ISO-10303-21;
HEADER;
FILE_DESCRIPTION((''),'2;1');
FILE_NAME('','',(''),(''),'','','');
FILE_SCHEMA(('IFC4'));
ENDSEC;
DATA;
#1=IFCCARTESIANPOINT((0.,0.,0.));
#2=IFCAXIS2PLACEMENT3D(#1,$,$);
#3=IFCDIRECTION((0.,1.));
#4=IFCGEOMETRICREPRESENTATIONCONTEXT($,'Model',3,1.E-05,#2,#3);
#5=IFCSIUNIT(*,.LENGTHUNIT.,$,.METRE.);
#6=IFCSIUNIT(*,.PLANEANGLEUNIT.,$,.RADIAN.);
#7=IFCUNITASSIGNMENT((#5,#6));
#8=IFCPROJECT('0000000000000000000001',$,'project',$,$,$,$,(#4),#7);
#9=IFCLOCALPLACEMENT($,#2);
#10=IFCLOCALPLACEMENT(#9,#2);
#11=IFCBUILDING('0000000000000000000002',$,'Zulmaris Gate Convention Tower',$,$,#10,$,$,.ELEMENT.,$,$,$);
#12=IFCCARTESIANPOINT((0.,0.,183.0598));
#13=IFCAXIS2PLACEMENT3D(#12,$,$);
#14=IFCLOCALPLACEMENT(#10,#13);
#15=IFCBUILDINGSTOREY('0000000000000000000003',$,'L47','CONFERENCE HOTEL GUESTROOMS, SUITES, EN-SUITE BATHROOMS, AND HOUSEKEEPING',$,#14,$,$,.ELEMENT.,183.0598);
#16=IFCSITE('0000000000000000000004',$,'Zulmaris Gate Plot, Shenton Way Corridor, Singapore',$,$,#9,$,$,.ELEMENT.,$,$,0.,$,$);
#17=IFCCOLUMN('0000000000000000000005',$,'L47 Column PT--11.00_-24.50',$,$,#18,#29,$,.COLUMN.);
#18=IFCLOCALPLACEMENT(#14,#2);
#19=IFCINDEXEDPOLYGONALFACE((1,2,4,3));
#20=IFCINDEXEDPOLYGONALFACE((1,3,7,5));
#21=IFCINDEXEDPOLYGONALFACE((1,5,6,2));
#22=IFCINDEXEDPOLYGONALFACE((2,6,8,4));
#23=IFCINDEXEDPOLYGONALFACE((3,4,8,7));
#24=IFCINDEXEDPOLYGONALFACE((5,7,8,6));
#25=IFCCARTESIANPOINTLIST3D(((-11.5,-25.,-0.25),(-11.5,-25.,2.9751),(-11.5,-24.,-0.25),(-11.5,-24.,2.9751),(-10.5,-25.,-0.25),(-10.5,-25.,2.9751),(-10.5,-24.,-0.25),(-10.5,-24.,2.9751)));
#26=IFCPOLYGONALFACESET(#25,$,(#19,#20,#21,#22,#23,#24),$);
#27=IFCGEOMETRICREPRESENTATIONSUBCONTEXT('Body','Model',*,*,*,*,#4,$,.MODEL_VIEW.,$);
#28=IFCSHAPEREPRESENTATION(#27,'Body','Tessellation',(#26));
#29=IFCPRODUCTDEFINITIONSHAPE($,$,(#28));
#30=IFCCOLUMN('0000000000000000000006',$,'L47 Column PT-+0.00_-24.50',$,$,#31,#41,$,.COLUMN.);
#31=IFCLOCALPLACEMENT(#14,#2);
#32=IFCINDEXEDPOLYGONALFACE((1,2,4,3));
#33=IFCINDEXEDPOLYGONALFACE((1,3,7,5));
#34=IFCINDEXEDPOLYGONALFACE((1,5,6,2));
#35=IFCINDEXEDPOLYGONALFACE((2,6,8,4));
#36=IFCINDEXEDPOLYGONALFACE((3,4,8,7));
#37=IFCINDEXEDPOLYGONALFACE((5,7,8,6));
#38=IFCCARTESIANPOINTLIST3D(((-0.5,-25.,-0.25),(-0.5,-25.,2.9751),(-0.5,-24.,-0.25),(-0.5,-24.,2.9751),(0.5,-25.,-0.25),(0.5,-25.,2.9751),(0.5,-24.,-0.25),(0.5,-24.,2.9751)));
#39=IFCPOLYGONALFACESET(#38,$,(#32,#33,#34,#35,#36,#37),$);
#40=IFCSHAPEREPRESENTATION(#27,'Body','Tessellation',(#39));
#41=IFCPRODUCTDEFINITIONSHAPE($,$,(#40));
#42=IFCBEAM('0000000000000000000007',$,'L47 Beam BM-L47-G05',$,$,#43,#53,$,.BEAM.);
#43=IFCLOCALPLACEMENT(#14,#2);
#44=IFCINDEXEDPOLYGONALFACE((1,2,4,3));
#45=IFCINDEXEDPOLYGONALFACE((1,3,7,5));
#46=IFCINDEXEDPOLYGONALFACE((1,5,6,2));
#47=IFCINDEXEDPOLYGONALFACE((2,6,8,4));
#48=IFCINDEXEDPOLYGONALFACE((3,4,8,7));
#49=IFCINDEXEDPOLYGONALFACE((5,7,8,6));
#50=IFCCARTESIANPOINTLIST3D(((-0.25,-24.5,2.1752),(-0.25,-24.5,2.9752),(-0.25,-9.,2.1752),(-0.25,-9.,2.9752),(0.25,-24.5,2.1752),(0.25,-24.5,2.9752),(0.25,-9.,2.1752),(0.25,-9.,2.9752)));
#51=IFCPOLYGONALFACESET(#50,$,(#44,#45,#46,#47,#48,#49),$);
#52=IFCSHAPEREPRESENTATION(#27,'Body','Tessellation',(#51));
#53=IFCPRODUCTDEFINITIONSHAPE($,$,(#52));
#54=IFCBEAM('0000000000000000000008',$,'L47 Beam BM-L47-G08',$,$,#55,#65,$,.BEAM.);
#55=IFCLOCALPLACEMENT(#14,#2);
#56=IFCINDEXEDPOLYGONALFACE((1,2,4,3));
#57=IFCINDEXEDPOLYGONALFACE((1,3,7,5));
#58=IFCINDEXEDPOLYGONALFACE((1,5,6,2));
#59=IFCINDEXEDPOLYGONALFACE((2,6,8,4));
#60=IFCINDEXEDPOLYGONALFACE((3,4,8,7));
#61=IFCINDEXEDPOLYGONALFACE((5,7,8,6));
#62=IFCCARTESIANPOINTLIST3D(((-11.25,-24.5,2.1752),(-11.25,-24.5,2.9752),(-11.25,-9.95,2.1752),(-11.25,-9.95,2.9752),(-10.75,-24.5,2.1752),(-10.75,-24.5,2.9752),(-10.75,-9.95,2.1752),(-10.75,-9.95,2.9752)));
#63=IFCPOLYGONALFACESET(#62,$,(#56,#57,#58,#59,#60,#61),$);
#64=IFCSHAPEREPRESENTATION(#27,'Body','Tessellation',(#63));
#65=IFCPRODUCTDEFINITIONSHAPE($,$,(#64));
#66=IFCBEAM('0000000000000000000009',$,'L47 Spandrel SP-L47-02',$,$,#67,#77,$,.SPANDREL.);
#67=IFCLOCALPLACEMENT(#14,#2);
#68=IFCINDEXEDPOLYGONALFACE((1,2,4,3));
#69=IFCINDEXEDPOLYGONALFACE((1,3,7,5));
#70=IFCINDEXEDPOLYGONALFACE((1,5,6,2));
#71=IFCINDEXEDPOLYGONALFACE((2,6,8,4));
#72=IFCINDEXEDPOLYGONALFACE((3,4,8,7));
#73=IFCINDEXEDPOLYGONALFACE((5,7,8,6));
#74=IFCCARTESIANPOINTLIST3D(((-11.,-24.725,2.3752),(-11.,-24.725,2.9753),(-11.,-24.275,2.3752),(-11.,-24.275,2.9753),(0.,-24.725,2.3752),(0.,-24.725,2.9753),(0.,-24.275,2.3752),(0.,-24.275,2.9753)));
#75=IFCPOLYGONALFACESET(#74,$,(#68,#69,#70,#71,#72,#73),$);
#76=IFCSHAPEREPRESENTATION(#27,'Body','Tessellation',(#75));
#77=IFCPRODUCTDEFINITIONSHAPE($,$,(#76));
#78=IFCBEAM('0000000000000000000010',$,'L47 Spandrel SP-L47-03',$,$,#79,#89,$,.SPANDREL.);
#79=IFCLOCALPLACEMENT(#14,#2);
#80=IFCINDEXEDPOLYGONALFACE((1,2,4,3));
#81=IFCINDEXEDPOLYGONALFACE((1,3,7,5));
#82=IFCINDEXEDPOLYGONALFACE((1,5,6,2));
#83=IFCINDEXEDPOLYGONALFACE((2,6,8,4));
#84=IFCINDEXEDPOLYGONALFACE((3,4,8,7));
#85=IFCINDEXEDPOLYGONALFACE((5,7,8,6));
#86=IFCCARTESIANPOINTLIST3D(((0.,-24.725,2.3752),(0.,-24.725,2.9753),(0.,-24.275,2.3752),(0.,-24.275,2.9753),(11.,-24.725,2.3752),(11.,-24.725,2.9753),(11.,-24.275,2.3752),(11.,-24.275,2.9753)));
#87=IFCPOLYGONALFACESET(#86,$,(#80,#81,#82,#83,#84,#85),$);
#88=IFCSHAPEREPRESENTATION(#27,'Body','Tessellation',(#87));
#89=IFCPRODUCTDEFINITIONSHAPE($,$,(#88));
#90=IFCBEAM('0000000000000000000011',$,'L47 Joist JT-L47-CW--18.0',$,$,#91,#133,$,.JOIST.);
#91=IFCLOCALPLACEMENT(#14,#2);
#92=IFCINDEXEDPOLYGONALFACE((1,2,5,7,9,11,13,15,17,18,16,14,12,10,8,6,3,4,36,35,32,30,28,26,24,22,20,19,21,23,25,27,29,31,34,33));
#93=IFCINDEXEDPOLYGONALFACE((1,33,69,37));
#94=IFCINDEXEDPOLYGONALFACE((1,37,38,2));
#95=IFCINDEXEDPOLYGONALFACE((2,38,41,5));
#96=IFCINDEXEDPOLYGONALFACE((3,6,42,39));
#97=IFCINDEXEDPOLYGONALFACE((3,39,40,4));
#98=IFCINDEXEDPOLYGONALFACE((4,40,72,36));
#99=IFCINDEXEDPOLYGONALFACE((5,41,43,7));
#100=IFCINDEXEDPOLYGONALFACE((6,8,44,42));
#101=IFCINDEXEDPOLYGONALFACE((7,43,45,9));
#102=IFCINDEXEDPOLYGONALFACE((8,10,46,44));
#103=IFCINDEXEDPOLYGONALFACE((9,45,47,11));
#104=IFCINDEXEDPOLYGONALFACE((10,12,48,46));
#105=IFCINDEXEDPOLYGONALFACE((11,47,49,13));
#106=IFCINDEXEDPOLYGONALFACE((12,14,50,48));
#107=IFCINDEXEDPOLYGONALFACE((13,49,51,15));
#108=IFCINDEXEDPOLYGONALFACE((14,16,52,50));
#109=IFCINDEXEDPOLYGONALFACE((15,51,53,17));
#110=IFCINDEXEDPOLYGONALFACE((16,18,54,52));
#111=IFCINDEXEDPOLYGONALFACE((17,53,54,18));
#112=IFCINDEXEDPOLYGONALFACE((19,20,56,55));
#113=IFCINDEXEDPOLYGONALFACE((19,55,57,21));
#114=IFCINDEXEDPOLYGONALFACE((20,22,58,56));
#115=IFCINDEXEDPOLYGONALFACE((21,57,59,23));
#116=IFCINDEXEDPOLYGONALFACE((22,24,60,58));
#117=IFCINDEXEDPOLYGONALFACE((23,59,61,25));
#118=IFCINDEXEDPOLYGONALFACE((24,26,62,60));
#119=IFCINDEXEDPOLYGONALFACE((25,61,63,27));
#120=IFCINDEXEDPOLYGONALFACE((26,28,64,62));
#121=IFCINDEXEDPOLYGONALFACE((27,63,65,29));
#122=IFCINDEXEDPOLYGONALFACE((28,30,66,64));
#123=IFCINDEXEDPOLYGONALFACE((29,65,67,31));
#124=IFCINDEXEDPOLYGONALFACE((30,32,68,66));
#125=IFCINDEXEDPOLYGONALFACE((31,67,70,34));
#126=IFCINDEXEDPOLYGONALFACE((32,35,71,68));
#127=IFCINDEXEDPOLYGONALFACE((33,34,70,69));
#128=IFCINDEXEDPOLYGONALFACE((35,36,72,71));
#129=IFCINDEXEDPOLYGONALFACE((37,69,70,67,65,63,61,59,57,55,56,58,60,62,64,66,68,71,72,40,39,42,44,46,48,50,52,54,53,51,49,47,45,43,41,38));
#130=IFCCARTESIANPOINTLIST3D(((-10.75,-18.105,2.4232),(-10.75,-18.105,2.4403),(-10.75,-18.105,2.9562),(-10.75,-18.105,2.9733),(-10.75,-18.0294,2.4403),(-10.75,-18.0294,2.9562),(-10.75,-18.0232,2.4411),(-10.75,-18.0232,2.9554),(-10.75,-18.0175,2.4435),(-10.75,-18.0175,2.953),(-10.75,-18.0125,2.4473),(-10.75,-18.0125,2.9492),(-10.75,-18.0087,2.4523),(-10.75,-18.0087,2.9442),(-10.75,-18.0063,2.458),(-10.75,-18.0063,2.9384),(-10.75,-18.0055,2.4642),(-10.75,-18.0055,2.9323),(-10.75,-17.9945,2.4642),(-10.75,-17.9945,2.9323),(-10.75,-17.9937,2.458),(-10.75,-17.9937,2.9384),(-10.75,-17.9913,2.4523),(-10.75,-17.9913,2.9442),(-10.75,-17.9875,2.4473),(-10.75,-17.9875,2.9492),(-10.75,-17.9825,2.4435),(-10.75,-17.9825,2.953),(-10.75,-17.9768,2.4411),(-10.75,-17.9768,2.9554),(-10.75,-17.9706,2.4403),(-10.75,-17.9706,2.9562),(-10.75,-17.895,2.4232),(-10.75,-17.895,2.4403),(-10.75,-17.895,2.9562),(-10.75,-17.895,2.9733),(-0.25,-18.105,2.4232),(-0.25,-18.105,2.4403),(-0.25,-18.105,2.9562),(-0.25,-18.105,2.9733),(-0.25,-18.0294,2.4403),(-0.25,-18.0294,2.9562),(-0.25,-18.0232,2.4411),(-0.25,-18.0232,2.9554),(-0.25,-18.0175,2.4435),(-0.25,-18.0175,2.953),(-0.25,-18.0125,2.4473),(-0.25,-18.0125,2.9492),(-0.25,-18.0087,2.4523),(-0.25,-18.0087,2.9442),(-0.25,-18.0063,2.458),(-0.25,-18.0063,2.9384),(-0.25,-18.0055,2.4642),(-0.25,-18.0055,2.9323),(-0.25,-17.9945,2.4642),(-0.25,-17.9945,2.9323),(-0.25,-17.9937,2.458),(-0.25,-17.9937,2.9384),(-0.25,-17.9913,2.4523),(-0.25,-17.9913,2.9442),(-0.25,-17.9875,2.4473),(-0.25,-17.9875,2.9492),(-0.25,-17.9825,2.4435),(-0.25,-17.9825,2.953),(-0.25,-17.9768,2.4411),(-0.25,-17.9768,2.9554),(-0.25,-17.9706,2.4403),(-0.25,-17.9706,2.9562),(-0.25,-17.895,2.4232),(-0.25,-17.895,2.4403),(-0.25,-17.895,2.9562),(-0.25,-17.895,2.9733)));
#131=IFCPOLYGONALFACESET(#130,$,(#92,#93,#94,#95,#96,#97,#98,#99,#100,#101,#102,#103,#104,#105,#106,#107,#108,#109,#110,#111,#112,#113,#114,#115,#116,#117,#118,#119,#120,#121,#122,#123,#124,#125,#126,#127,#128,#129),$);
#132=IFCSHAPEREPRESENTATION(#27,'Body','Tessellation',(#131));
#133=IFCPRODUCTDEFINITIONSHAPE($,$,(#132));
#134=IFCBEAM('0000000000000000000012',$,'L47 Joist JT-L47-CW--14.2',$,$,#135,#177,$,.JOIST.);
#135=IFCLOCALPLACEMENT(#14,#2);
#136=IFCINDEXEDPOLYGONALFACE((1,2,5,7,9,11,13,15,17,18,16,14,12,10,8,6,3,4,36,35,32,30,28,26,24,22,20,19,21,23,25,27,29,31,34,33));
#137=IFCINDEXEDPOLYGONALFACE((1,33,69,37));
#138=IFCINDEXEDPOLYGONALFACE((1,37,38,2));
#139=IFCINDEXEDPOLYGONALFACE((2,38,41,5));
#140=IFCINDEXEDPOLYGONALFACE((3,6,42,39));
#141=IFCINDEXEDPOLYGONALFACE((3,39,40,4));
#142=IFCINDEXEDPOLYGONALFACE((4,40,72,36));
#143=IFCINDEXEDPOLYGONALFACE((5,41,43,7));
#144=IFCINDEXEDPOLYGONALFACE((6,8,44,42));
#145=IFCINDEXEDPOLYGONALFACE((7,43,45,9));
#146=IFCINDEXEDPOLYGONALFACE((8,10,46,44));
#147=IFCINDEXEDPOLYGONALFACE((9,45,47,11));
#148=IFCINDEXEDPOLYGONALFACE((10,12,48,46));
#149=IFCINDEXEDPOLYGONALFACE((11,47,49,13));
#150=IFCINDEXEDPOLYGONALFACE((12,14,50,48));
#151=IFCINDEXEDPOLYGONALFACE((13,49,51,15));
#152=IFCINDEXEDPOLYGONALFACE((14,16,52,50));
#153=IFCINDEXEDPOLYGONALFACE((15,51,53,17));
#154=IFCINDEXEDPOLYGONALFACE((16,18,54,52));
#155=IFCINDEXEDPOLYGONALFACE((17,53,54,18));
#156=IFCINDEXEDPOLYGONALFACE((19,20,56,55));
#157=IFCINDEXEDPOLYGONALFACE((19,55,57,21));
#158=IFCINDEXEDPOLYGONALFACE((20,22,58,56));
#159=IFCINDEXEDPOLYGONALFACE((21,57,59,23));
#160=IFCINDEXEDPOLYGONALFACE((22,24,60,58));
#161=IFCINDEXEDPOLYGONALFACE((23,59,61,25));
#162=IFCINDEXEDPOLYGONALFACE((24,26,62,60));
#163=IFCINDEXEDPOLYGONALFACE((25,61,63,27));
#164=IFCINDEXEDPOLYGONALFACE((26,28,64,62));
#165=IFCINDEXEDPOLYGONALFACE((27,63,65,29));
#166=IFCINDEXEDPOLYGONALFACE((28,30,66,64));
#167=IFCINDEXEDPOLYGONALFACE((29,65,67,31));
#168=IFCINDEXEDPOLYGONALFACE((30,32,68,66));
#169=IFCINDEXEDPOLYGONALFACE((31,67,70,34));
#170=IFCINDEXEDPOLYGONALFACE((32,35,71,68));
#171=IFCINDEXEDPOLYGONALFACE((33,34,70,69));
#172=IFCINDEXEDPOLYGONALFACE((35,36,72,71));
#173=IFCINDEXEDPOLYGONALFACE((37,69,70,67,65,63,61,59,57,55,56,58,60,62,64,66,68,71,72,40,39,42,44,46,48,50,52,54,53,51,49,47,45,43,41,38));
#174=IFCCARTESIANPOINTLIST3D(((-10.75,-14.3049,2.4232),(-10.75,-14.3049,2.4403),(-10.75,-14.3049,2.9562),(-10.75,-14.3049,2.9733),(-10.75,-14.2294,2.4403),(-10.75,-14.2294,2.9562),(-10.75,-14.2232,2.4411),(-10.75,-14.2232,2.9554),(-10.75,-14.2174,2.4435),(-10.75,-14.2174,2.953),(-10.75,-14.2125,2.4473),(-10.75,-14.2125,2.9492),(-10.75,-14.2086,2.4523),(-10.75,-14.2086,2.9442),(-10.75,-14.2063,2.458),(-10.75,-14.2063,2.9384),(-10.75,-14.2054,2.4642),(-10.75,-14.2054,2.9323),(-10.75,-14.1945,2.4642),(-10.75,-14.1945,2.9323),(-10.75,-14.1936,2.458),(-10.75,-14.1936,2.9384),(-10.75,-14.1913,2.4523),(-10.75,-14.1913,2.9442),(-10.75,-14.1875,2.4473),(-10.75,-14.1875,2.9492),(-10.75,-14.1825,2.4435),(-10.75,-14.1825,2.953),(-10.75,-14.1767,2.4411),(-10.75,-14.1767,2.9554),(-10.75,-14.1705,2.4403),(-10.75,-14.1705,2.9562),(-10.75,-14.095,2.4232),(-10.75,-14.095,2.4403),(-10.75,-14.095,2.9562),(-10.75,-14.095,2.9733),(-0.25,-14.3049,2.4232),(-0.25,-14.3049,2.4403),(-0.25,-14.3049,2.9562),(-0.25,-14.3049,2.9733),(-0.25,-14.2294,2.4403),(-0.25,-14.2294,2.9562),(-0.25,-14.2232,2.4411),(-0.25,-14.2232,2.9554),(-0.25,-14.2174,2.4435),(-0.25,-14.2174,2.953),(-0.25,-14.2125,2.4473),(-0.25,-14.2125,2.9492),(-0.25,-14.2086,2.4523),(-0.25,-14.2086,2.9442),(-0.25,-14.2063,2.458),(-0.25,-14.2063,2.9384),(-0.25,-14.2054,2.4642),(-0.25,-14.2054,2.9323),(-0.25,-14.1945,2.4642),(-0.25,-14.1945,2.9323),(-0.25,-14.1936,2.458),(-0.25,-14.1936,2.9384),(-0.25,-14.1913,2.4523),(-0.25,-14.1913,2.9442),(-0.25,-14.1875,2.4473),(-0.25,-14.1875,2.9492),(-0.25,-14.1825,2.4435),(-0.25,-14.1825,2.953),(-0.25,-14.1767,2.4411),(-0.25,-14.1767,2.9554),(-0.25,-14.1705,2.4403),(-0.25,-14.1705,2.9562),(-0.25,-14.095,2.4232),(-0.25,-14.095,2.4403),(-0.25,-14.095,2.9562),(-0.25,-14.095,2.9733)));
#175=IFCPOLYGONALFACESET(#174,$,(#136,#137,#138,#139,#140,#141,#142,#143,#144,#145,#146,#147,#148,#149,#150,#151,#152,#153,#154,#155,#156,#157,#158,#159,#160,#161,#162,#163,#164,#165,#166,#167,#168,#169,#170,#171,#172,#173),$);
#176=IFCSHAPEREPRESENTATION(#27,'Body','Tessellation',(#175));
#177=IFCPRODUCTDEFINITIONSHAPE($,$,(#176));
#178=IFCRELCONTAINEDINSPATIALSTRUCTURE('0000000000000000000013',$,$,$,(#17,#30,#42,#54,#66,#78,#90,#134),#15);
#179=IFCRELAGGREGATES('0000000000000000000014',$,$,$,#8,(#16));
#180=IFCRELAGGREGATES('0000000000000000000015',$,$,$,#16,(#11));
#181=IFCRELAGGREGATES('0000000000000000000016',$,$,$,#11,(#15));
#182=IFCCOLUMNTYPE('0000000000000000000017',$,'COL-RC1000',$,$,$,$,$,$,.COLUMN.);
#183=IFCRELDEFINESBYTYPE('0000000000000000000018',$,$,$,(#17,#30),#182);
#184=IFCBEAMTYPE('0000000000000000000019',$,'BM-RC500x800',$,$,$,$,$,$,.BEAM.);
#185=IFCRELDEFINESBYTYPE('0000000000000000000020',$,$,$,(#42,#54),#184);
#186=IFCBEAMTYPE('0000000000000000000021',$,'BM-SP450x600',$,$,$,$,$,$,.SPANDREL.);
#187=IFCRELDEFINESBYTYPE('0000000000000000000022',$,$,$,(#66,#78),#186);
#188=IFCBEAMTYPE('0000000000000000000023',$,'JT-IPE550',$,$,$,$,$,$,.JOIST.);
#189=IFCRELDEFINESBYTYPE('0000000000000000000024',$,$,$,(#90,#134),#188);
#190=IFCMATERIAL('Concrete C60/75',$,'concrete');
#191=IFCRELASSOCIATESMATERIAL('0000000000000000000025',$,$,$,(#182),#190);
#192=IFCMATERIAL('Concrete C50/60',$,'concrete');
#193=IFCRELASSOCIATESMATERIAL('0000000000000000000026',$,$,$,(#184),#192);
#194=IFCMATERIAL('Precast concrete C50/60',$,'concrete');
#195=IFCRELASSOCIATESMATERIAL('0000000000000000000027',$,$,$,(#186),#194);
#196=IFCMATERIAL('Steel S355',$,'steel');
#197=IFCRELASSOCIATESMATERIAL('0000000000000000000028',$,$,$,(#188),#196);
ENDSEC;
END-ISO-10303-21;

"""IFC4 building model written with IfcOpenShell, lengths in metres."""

from ifc_helpers import new_model, si_unit, direction, frame, origin, origin_2d, place, context, subcontext, project, spatial, rectangle, i_section, extrude, material, material_profile, profile_set, type_object, element, save


model = new_model("IFC4")

# Units and contexts
model_context = context("Model", 3, precision=1e-05, world=origin(), true_north=direction((0.0, 1.0)))
body_context = subcontext(model_context, "Body", "Model", "MODEL_VIEW")
ifc_project = project(units=[si_unit("LENGTHUNIT", "METRE"), si_unit("PLANEANGLEUNIT", "RADIAN")], contexts=[model_context])

# Site, building, storey
site_placement = place(None, origin())
site = spatial("IfcSite", under=ifc_project, at=site_placement, Name="Zulmaris Gate Plot, Shenton Way Corridor, Singapore", CompositionType="ELEMENT", RefElevation=0.0)
building_placement = place(site_placement, origin())
building = spatial("IfcBuilding", under=site, at=building_placement, Name="Zulmaris Gate Convention Tower", CompositionType="ELEMENT")
storey_placement = place(building_placement, frame((0.0, 0.0, 183.0598)))
storey = spatial("IfcBuildingStorey", under=building, at=storey_placement, Name="L47", Description="CONFERENCE HOTEL GUESTROOMS, SUITES, EN-SUITE BATHROOMS, AND HOUSEKEEPING", CompositionType="ELEMENT", Elevation=183.0598)

# Columns
ifc_material_1 = material(Name="Concrete C60/75", Category="concrete")
ifc_material_profile_1 = material_profile(ifc_material_1, rectangle(XDim=1.0, YDim=1.0, at=origin_2d()), Name="RC COL 1000x1000")
ifc_profile_set_1 = profile_set([ifc_material_profile_1], Name="Concrete C60/75")
column_type = type_object("IfcColumnType", Name="COL-RC1000", PredefinedType="COLUMN", material=ifc_profile_set_1)
for number, where, z_axis, x_axis, name in (
    (1, (-11.0, -24.5, -0.25), (0.0, 0.0, 1.0), (1.0, 0.0, 0.0), "L47 Column PT--11.00_-24.50"),
    (2, (0.0, -24.5, -0.25), (0.0, 0.0, 1.0), (1.0, 0.0, 0.0), "L47 Column PT-+0.00_-24.50"),
):
    element("IfcColumn", number, at=place(storey_placement, frame(where, z_axis=z_axis, x_axis=x_axis)), inside=storey, type_object=column_type, Name=name, PredefinedType="COLUMN", context=body_context, shape_type="SweptSolid", body=[
        extrude(rectangle(XDim=1.0, YDim=1.0, at=origin_2d()), origin(), (0.0, 0.0, 1.0), 3.2251),
    ])

# Beams
ifc_material_2 = material(Name="Concrete C50/60", Category="concrete")
ifc_material_profile_2 = material_profile(ifc_material_2, rectangle(XDim=0.5, YDim=0.8, at=origin_2d()), Name="RC BEAM 500x800")
ifc_profile_set_2 = profile_set([ifc_material_profile_2], Name="Concrete C50/60")
beam_type_1 = type_object("IfcBeamType", Name="BM-RC500x800", PredefinedType="BEAM", material=ifc_profile_set_2)
beam_1_placement = place(storey_placement, frame((0.0, -24.5, 2.5752), z_axis=(0.0, 1.0, 0.0), x_axis=(-1.0, 0.0, 0.0)))
element("IfcBeam", 3, at=beam_1_placement, inside=storey, type_object=beam_type_1, Name="L47 Beam BM-L47-G05", PredefinedType="BEAM", context=body_context, shape_type="SweptSolid", body=[
    extrude(rectangle(XDim=0.5, YDim=0.8, at=origin_2d()), origin(), (0.0, 0.0, 1.0), 15.5),
])
beam_2_placement = place(storey_placement, frame((-11.0, -24.5, 2.5752), z_axis=(0.0, 1.0, 0.0), x_axis=(-1.0, 0.0, 0.0)))
element("IfcBeam", 4, at=beam_2_placement, inside=storey, type_object=beam_type_1, Name="L47 Beam BM-L47-G08", PredefinedType="BEAM", context=body_context, shape_type="SweptSolid", body=[
    extrude(rectangle(XDim=0.5, YDim=0.8, at=origin_2d()), origin(), (0.0, 0.0, 1.0), 14.55),
])
ifc_material_3 = material(Name="Precast concrete C50/60", Category="concrete")
ifc_material_profile_3 = material_profile(ifc_material_3, rectangle(XDim=0.45, YDim=0.6001, at=origin_2d()), Name="RC SPANDREL 450x600")
ifc_profile_set_3 = profile_set([ifc_material_profile_3], Name="Precast concrete C50/60")
beam_type_2 = type_object("IfcBeamType", Name="BM-SP450x600", PredefinedType="SPANDREL", material=ifc_profile_set_3)
for number, where, z_axis, x_axis, name in (
    (5, (-11.0, -24.5, 2.6753), (1.0, 0.0, 0.0), (0.0, 1.0, 0.0), "L47 Spandrel SP-L47-02"),
    (6, (0.0, -24.5, 2.6753), (1.0, 0.0, 0.0), (0.0, 1.0, 0.0), "L47 Spandrel SP-L47-03"),
):
    element("IfcBeam", number, at=place(storey_placement, frame(where, z_axis=z_axis, x_axis=x_axis)), inside=storey, type_object=beam_type_2, Name=name, PredefinedType="SPANDREL", context=body_context, shape_type="SweptSolid", body=[
        extrude(rectangle(XDim=0.45, YDim=0.6001, at=origin_2d()), origin(), (0.0, 0.0, 1.0), 11.0),
    ])
ifc_material_4 = material(Name="Steel S355", Category="steel")
ifc_material_profile_4 = material_profile(ifc_material_4, i_section(OverallWidth=0.21, OverallDepth=0.55, WebThickness=0.011, FlangeThickness=0.0171, FilletRadius=0.0239, at=origin_2d()), Name="IPE 550")
ifc_profile_set_4 = profile_set([ifc_material_profile_4], Name="Steel S355")
beam_type_3 = type_object("IfcBeamType", Name="JT-IPE550", PredefinedType="JOIST", material=ifc_profile_set_4)
for number, where, z_axis, x_axis, name in (
    (7, (-10.75, -18.0, 2.6982), (1.0, 0.0, 0.0), (0.0, 1.0, 0.0), "L47 Joist JT-L47-CW--18.0"),
    (8, (-10.75, -14.2, 2.6982), (1.0, 0.0, 0.0), (0.0, 1.0, 0.0), "L47 Joist JT-L47-CW--14.2"),
):
    element("IfcBeam", number, at=place(storey_placement, frame(where, z_axis=z_axis, x_axis=x_axis)), inside=storey, type_object=beam_type_3, Name=name, PredefinedType="JOIST", context=body_context, shape_type="SweptSolid", body=[
        extrude(i_section(OverallWidth=0.21, OverallDepth=0.55, WebThickness=0.011, FlangeThickness=0.0171, FilletRadius=0.0239, at=origin_2d()), origin(), (0.0, 0.0, 1.0), 10.5),
    ])

save(model, "model.ifc")
